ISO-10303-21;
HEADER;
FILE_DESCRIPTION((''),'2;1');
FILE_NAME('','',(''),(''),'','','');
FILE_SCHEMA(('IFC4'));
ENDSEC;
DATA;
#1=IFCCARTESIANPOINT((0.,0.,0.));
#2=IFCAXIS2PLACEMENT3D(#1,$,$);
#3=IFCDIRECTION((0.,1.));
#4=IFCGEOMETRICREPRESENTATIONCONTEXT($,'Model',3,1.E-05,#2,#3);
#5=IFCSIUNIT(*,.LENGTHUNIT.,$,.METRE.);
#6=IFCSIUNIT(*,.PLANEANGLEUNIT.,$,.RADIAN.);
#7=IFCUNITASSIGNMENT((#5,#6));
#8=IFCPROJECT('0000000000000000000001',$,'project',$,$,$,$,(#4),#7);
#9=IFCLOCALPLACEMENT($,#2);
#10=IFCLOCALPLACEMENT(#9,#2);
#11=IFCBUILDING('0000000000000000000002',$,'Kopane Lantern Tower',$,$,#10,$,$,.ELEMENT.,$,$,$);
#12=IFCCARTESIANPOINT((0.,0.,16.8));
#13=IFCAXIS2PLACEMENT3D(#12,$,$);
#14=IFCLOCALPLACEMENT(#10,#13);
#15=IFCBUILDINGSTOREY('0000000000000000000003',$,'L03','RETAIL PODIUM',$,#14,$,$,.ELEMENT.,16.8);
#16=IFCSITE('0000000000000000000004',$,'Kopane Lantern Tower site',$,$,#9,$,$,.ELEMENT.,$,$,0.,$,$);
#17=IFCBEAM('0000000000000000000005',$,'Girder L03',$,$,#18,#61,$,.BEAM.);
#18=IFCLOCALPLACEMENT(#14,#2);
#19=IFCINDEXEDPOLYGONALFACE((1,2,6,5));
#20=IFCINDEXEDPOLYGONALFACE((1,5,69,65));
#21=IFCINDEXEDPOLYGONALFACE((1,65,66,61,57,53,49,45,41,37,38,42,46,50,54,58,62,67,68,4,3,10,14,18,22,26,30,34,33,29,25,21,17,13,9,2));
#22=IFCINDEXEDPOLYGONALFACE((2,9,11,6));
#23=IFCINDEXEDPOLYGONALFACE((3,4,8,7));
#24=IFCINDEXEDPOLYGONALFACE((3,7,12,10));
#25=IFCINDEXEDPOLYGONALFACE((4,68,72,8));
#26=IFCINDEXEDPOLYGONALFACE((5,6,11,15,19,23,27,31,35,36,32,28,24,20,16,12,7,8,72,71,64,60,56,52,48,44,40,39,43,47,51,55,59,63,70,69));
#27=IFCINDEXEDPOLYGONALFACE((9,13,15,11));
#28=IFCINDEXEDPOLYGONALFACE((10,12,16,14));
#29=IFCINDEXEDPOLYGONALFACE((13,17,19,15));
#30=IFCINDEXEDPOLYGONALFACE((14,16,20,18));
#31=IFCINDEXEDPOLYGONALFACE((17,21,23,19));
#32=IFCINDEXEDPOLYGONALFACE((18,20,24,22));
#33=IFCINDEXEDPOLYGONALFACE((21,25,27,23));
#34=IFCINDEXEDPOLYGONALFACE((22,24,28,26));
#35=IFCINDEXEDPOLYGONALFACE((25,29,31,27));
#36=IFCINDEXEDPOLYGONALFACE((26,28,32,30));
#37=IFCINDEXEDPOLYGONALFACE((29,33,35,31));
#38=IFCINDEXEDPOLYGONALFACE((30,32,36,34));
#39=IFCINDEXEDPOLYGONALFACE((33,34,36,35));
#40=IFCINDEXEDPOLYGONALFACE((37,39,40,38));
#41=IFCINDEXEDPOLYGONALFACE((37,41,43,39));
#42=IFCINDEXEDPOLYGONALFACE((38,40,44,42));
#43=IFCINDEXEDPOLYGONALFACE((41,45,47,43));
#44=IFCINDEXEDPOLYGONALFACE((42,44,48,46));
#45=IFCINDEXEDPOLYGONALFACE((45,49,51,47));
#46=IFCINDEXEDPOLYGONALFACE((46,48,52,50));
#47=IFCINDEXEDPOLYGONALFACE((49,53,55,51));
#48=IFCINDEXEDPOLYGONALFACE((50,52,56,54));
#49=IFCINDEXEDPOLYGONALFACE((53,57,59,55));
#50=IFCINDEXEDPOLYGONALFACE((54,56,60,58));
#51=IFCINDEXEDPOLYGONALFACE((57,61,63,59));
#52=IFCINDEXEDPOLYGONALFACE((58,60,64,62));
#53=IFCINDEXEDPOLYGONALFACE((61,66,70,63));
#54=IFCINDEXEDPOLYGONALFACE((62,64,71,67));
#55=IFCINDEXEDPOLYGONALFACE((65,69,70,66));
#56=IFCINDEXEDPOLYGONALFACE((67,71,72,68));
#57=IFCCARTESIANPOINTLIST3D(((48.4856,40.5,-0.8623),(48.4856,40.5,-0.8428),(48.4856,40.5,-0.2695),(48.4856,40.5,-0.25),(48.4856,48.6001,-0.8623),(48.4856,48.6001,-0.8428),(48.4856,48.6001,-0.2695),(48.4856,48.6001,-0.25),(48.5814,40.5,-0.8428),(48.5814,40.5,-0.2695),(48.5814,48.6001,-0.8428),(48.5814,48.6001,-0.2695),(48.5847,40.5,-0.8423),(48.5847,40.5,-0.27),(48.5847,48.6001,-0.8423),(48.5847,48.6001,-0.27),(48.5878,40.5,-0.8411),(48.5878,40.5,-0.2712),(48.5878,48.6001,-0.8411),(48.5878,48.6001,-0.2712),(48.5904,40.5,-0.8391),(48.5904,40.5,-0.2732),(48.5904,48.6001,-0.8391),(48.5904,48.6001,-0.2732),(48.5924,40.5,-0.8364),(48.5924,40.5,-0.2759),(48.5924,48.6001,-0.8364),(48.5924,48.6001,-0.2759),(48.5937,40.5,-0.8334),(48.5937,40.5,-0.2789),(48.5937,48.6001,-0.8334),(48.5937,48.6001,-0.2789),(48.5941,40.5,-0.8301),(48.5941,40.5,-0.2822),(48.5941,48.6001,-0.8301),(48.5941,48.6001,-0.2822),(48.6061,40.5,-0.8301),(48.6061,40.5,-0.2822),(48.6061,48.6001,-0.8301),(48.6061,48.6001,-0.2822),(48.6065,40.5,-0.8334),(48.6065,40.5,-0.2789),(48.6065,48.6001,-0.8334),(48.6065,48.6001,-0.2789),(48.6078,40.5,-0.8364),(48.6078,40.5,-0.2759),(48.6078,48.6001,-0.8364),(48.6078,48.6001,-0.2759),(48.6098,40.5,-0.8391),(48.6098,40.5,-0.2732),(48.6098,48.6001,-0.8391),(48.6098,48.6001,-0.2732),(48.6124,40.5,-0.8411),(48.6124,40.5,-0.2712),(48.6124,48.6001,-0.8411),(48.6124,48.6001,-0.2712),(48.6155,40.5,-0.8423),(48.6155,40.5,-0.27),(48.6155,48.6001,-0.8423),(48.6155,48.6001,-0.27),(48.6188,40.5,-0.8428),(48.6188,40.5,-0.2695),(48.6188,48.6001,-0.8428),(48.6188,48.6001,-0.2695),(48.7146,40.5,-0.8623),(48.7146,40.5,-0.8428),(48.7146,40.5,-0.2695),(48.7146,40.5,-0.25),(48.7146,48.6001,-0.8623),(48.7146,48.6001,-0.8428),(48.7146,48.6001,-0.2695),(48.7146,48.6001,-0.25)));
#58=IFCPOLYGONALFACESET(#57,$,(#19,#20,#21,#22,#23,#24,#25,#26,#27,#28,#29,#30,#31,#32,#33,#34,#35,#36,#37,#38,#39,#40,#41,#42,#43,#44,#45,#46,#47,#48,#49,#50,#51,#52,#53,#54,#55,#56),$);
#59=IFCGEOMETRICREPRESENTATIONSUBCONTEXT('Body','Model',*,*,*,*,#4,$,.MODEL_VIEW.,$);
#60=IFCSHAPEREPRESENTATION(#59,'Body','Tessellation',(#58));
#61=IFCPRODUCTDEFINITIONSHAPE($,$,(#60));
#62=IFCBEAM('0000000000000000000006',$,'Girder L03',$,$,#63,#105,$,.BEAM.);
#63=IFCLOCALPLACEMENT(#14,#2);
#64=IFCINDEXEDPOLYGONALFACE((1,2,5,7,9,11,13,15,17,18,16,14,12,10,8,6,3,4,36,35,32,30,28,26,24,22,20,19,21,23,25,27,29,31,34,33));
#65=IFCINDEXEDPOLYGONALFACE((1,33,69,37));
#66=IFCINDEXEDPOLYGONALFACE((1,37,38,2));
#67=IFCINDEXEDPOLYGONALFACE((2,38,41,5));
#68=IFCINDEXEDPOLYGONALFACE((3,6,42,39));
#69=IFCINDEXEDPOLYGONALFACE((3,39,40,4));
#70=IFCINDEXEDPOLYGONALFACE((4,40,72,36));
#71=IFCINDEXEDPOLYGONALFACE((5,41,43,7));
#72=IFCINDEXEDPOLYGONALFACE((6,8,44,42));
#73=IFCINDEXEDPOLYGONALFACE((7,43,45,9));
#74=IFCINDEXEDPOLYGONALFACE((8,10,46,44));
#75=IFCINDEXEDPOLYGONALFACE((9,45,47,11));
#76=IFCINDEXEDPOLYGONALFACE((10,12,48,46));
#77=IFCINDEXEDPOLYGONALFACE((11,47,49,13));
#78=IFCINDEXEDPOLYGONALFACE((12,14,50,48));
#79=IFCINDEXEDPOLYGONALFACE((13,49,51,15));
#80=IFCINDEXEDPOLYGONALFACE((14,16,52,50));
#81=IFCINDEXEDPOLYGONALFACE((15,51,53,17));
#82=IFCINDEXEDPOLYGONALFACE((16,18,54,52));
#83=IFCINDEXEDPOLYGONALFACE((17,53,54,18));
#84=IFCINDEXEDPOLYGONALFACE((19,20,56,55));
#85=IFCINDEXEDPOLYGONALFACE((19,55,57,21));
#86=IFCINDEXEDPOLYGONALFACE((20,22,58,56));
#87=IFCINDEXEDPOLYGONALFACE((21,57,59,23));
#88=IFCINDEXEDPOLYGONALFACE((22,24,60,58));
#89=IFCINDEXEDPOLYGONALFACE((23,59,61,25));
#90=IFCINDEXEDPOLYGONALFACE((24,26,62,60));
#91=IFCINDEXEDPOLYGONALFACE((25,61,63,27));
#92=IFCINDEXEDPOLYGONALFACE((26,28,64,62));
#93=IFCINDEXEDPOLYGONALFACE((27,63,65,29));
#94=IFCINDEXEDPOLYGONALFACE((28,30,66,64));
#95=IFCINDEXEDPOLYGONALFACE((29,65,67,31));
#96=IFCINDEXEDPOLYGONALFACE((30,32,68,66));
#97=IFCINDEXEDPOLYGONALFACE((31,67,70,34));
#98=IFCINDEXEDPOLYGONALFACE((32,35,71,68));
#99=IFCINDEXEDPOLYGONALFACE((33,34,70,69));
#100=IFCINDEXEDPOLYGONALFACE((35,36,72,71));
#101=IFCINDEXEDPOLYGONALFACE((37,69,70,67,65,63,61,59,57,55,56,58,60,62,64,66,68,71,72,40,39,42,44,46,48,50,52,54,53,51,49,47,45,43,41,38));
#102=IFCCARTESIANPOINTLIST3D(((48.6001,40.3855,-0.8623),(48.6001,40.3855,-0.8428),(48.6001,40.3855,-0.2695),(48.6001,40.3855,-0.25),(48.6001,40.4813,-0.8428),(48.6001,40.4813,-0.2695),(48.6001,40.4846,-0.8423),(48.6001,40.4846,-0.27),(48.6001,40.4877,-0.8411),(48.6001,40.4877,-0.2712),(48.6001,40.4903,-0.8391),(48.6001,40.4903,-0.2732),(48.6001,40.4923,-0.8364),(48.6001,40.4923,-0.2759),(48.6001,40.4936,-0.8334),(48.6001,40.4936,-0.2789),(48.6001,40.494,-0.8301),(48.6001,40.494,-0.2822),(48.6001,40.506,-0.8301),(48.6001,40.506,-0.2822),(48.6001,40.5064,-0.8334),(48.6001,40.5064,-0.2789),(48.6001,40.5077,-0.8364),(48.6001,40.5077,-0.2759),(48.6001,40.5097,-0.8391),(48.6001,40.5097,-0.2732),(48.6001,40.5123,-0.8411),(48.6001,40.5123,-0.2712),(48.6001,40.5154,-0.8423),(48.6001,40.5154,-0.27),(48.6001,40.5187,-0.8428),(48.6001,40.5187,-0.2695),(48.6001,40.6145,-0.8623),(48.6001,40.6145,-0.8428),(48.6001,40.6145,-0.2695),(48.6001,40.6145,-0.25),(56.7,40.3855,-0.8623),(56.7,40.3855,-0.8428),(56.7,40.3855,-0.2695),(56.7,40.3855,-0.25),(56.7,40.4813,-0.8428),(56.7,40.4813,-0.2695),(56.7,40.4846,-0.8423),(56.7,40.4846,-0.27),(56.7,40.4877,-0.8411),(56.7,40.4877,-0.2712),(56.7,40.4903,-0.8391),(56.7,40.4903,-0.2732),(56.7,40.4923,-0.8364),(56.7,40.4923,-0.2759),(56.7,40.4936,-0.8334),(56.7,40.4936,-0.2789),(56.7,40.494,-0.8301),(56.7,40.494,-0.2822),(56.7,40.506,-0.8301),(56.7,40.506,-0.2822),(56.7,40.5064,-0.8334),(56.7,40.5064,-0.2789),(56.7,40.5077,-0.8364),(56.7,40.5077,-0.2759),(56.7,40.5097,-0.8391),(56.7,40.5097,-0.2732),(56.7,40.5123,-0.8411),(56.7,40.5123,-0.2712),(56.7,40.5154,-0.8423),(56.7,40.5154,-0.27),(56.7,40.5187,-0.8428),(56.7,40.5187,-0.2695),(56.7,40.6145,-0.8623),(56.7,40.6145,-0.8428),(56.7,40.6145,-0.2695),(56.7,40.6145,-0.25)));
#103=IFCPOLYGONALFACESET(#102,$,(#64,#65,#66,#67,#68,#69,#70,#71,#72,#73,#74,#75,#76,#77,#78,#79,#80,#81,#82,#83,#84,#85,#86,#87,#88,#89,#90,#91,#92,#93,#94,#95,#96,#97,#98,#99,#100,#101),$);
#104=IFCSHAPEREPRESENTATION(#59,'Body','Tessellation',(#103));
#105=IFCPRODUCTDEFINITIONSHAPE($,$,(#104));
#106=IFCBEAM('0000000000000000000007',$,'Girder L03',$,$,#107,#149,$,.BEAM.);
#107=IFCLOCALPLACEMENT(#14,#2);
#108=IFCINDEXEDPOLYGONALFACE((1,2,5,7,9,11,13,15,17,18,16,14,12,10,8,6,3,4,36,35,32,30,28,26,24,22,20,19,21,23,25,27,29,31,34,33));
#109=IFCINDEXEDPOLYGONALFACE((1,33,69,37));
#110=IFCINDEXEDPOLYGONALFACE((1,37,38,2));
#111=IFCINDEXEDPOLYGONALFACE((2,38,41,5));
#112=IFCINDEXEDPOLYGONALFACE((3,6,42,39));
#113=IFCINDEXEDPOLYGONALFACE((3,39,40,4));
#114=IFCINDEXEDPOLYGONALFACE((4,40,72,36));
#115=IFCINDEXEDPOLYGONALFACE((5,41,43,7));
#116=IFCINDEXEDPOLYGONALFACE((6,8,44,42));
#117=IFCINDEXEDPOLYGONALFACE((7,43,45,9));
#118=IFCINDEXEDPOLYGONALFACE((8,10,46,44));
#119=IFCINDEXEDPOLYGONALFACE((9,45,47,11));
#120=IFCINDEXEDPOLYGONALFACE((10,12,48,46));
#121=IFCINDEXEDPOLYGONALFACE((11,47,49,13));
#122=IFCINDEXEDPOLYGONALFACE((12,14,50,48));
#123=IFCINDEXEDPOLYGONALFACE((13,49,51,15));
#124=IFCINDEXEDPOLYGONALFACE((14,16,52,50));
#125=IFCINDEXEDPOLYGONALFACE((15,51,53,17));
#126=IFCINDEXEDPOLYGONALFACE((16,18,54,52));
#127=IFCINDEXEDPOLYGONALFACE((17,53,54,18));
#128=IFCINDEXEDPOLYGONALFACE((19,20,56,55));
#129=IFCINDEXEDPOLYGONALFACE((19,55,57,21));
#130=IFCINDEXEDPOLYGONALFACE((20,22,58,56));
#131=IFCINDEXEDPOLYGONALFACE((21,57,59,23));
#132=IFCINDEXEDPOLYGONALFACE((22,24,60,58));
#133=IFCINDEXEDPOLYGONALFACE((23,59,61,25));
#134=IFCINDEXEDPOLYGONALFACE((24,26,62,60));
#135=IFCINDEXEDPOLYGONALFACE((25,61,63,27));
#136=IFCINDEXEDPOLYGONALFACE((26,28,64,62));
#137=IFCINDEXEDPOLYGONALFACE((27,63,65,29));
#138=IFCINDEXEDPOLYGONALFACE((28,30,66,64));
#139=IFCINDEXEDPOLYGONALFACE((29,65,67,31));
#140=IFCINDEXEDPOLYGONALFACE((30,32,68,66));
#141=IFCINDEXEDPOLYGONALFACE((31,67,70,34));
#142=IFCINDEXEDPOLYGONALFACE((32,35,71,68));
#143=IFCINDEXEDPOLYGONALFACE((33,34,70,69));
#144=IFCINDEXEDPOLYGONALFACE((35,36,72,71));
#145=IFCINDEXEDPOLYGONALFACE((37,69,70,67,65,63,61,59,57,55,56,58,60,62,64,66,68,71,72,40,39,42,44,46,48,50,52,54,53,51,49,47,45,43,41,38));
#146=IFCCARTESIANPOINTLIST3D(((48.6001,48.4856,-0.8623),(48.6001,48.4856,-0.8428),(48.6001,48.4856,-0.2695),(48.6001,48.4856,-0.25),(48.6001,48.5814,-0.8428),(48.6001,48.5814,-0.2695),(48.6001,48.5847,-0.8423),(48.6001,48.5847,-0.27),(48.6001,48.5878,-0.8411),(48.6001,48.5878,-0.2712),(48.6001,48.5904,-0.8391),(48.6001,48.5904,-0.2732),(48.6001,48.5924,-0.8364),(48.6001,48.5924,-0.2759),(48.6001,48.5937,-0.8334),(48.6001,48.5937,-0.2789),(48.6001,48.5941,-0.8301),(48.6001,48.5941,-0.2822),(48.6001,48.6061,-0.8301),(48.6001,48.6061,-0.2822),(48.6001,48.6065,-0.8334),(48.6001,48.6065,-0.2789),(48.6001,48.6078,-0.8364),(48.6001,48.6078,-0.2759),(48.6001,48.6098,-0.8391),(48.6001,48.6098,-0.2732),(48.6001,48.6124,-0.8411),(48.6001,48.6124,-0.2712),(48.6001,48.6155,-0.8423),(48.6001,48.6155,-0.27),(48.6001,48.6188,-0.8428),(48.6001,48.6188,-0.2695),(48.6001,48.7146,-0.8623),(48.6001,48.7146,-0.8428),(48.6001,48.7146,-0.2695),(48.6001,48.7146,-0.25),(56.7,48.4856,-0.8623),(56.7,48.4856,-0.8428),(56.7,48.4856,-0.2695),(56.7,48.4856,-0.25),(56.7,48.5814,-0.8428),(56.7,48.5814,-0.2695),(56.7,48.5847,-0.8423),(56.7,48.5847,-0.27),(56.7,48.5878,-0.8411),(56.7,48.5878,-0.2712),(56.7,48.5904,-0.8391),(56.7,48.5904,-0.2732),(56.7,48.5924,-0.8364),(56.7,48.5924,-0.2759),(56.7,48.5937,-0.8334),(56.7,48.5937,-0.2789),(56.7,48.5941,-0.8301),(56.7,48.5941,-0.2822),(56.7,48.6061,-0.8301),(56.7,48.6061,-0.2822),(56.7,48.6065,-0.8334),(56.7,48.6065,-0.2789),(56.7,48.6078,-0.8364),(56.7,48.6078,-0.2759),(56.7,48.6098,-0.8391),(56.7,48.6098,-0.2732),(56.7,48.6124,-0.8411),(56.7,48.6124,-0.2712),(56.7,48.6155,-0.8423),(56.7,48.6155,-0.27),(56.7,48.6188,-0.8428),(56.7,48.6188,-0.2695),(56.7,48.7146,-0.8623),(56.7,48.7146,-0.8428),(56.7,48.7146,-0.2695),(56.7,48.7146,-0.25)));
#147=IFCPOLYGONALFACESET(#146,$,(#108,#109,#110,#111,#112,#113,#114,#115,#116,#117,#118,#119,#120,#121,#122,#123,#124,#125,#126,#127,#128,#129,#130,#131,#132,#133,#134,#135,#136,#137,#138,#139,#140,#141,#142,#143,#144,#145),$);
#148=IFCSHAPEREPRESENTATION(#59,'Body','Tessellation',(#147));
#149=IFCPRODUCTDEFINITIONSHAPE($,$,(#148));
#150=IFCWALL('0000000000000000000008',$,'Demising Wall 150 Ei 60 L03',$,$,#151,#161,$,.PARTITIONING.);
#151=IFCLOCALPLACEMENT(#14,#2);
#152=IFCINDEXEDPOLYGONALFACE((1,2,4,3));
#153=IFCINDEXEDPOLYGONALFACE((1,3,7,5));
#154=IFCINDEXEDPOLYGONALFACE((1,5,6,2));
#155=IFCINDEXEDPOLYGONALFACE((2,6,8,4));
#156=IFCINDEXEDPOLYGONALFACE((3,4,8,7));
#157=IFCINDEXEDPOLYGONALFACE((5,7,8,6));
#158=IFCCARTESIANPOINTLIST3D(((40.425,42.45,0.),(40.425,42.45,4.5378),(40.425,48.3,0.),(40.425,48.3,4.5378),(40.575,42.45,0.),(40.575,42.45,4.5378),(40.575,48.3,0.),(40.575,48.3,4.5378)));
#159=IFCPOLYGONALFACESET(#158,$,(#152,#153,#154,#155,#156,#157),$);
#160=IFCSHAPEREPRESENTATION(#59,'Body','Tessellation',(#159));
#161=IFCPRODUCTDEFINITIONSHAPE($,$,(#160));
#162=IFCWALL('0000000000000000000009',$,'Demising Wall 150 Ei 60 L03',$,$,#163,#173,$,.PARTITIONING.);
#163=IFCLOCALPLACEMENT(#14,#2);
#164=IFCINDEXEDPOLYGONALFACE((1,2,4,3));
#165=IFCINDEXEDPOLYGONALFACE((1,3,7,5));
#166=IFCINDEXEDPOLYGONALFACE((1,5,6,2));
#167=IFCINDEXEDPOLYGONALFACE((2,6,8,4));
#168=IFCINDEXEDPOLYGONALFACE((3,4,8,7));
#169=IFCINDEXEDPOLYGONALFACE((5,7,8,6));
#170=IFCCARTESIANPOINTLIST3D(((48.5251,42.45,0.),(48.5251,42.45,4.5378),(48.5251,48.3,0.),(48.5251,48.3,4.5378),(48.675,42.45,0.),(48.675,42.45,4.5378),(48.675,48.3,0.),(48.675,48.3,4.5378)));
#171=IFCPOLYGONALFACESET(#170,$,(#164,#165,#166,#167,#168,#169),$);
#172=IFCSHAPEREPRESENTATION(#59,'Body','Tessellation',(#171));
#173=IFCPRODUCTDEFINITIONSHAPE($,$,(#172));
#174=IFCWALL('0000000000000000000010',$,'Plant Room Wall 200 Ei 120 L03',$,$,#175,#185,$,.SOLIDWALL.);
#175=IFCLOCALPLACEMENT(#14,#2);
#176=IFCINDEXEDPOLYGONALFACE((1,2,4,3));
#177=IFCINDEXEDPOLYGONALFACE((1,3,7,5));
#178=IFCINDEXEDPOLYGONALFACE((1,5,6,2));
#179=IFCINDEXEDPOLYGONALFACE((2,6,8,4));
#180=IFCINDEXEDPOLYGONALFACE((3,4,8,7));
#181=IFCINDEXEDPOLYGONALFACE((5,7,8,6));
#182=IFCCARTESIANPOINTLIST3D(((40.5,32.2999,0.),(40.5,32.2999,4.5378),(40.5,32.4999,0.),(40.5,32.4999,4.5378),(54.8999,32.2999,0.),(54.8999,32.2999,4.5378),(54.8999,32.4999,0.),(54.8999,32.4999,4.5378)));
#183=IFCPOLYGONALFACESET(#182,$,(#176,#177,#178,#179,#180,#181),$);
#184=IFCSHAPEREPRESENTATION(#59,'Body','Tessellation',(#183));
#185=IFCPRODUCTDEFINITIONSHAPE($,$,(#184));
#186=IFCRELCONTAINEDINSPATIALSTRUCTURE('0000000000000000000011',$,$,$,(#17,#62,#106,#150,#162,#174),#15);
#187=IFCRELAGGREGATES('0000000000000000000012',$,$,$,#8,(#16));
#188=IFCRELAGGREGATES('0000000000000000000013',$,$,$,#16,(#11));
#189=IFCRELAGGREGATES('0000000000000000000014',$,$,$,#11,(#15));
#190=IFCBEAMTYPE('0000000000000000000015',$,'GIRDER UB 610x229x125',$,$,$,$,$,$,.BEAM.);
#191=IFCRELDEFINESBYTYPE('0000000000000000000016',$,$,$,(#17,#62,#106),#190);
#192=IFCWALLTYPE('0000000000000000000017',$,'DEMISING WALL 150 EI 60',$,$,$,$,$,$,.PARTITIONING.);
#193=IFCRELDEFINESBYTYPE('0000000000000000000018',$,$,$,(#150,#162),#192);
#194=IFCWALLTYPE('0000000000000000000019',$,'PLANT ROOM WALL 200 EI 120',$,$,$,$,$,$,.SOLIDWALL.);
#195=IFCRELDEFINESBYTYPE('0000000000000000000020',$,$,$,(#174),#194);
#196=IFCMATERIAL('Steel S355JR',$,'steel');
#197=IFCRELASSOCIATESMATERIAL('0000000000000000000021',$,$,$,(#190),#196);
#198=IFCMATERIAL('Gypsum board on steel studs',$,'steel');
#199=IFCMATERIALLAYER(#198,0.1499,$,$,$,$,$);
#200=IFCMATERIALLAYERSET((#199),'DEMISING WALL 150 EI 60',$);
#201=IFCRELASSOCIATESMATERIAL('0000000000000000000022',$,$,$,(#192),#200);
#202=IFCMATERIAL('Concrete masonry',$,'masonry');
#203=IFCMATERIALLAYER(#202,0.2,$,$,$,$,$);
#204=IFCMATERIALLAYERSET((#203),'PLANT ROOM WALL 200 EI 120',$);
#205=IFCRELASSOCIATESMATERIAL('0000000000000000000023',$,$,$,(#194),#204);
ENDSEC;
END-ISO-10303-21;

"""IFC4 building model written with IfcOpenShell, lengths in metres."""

from ifc_helpers import new_model, si_unit, direction, frame, frame_2d, origin, origin_2d, place, context, subcontext, project, spatial, rectangle, i_section, extrude, material, layer, layer_set, material_profile, profile_set, type_object, element, save


model = new_model("IFC4")

# Units and contexts
model_context = context("Model", 3, precision=1e-05, world=origin(), true_north=direction((0.0, 1.0)))
body_context = subcontext(model_context, "Body", "Model", "MODEL_VIEW")
ifc_project = project(units=[si_unit("LENGTHUNIT", "METRE"), si_unit("PLANEANGLEUNIT", "RADIAN")], contexts=[model_context])

# Site, building, storey
site_placement = place(None, origin())
site = spatial("IfcSite", under=ifc_project, at=site_placement, Name="Kopane Lantern Tower site", CompositionType="ELEMENT", RefElevation=0.0)
building_placement = place(site_placement, origin())
building = spatial("IfcBuilding", under=site, at=building_placement, Name="Kopane Lantern Tower", CompositionType="ELEMENT")
storey_placement = place(building_placement, frame((0.0, 0.0, 16.8)))
storey = spatial("IfcBuildingStorey", under=building, at=storey_placement, Name="L03", Description="RETAIL PODIUM", CompositionType="ELEMENT", Elevation=16.8)

# Beams
ifc_material_1 = material(Name="Steel S355JR", Category="steel")
ifc_material_profile_1 = material_profile(ifc_material_1, i_section(OverallWidth=0.229, OverallDepth=0.6123, WebThickness=0.012, FlangeThickness=0.0195, FilletRadius=0.0127, at=origin_2d()), Name="UB 610x229x125")
ifc_profile_set_1 = profile_set([ifc_material_profile_1], Name="Steel S355JR")
beam_type = type_object("IfcBeamType", Name="GIRDER UB 610x229x125", PredefinedType="BEAM", material=ifc_profile_set_1)
beam_1_placement = place(storey_placement, frame((48.6001, 40.5, -0.5562), z_axis=(0.0, 1.0, 0.0), x_axis=(-1.0, 0.0, 0.0)))
element("IfcBeam", 1, at=beam_1_placement, inside=storey, type_object=beam_type, Name="Girder L03", PredefinedType="BEAM", context=body_context, shape_type="SweptSolid", body=[
    extrude(i_section(OverallWidth=0.229, OverallDepth=0.6123, WebThickness=0.012, FlangeThickness=0.0195, FilletRadius=0.0127, at=origin_2d()), origin(), (0.0, 0.0, 1.0), 8.1001),
])
for number, where, z_axis, x_axis, name in (
    (2, (48.6001, 40.5, -0.5562), (1.0, 0.0, 0.0), (0.0, 1.0, 0.0), "Girder L03"),
    (3, (48.6001, 48.6001, -0.5562), (1.0, 0.0, 0.0), (0.0, 1.0, 0.0), "Girder L03"),
):
    element("IfcBeam", number, at=place(storey_placement, frame(where, z_axis=z_axis, x_axis=x_axis)), inside=storey, type_object=beam_type, Name=name, PredefinedType="BEAM", context=body_context, shape_type="SweptSolid", body=[
        extrude(i_section(OverallWidth=0.229, OverallDepth=0.6123, WebThickness=0.012, FlangeThickness=0.0195, FilletRadius=0.0127, at=origin_2d()), origin(), (0.0, 0.0, 1.0), 8.0999),
    ])

# Walls
ifc_material_2 = material(Name="Gypsum board on steel studs", Category="steel")
ifc_layer_1 = layer(ifc_material_2, 0.1499)
ifc_layer_set_1 = layer_set([ifc_layer_1], Name="DEMISING WALL 150 EI 60")
wall_type_1 = type_object("IfcWallType", Name="DEMISING WALL 150 EI 60", PredefinedType="PARTITIONING", material=ifc_layer_set_1)
for number, where, z_axis, x_axis, name in (
    (4, (40.5, 42.45, 0.0), (0.0, 0.0, 1.0), (0.0, 1.0, 0.0), "Demising Wall 150 Ei 60 L03"),
    (5, (48.6001, 42.45, 0.0), (0.0, 0.0, 1.0), (0.0, 1.0, 0.0), "Demising Wall 150 Ei 60 L03"),
):
    element("IfcWall", number, at=place(storey_placement, frame(where, z_axis=z_axis, x_axis=x_axis)), inside=storey, type_object=wall_type_1, Name=name, PredefinedType="PARTITIONING", context=body_context, shape_type="SweptSolid", body=[
        extrude(rectangle(XDim=5.8501, YDim=0.1499, at=frame_2d((2.925, 0.0))), origin(), (0.0, 0.0, 1.0), 4.5378),
    ])
ifc_material_3 = material(Name="Concrete masonry", Category="masonry")
ifc_layer_2 = layer(ifc_material_3, 0.2)
ifc_layer_set_2 = layer_set([ifc_layer_2], Name="PLANT ROOM WALL 200 EI 120")
wall_type_2 = type_object("IfcWallType", Name="PLANT ROOM WALL 200 EI 120", PredefinedType="SOLIDWALL", material=ifc_layer_set_2)
wall_placement = place(storey_placement, frame((40.5, 32.3999, 0.0), z_axis=(0.0, 0.0, 1.0), x_axis=(1.0, 0.0, 0.0)))
element("IfcWall", 6, at=wall_placement, inside=storey, type_object=wall_type_2, Name="Plant Room Wall 200 Ei 120 L03", PredefinedType="SOLIDWALL", context=body_context, shape_type="SweptSolid", body=[
    extrude(rectangle(XDim=14.3999, YDim=0.2, at=frame_2d((7.2, 0.0))), origin(), (0.0, 0.0, 1.0), 4.5378),
])

save(model, "model.ifc")
